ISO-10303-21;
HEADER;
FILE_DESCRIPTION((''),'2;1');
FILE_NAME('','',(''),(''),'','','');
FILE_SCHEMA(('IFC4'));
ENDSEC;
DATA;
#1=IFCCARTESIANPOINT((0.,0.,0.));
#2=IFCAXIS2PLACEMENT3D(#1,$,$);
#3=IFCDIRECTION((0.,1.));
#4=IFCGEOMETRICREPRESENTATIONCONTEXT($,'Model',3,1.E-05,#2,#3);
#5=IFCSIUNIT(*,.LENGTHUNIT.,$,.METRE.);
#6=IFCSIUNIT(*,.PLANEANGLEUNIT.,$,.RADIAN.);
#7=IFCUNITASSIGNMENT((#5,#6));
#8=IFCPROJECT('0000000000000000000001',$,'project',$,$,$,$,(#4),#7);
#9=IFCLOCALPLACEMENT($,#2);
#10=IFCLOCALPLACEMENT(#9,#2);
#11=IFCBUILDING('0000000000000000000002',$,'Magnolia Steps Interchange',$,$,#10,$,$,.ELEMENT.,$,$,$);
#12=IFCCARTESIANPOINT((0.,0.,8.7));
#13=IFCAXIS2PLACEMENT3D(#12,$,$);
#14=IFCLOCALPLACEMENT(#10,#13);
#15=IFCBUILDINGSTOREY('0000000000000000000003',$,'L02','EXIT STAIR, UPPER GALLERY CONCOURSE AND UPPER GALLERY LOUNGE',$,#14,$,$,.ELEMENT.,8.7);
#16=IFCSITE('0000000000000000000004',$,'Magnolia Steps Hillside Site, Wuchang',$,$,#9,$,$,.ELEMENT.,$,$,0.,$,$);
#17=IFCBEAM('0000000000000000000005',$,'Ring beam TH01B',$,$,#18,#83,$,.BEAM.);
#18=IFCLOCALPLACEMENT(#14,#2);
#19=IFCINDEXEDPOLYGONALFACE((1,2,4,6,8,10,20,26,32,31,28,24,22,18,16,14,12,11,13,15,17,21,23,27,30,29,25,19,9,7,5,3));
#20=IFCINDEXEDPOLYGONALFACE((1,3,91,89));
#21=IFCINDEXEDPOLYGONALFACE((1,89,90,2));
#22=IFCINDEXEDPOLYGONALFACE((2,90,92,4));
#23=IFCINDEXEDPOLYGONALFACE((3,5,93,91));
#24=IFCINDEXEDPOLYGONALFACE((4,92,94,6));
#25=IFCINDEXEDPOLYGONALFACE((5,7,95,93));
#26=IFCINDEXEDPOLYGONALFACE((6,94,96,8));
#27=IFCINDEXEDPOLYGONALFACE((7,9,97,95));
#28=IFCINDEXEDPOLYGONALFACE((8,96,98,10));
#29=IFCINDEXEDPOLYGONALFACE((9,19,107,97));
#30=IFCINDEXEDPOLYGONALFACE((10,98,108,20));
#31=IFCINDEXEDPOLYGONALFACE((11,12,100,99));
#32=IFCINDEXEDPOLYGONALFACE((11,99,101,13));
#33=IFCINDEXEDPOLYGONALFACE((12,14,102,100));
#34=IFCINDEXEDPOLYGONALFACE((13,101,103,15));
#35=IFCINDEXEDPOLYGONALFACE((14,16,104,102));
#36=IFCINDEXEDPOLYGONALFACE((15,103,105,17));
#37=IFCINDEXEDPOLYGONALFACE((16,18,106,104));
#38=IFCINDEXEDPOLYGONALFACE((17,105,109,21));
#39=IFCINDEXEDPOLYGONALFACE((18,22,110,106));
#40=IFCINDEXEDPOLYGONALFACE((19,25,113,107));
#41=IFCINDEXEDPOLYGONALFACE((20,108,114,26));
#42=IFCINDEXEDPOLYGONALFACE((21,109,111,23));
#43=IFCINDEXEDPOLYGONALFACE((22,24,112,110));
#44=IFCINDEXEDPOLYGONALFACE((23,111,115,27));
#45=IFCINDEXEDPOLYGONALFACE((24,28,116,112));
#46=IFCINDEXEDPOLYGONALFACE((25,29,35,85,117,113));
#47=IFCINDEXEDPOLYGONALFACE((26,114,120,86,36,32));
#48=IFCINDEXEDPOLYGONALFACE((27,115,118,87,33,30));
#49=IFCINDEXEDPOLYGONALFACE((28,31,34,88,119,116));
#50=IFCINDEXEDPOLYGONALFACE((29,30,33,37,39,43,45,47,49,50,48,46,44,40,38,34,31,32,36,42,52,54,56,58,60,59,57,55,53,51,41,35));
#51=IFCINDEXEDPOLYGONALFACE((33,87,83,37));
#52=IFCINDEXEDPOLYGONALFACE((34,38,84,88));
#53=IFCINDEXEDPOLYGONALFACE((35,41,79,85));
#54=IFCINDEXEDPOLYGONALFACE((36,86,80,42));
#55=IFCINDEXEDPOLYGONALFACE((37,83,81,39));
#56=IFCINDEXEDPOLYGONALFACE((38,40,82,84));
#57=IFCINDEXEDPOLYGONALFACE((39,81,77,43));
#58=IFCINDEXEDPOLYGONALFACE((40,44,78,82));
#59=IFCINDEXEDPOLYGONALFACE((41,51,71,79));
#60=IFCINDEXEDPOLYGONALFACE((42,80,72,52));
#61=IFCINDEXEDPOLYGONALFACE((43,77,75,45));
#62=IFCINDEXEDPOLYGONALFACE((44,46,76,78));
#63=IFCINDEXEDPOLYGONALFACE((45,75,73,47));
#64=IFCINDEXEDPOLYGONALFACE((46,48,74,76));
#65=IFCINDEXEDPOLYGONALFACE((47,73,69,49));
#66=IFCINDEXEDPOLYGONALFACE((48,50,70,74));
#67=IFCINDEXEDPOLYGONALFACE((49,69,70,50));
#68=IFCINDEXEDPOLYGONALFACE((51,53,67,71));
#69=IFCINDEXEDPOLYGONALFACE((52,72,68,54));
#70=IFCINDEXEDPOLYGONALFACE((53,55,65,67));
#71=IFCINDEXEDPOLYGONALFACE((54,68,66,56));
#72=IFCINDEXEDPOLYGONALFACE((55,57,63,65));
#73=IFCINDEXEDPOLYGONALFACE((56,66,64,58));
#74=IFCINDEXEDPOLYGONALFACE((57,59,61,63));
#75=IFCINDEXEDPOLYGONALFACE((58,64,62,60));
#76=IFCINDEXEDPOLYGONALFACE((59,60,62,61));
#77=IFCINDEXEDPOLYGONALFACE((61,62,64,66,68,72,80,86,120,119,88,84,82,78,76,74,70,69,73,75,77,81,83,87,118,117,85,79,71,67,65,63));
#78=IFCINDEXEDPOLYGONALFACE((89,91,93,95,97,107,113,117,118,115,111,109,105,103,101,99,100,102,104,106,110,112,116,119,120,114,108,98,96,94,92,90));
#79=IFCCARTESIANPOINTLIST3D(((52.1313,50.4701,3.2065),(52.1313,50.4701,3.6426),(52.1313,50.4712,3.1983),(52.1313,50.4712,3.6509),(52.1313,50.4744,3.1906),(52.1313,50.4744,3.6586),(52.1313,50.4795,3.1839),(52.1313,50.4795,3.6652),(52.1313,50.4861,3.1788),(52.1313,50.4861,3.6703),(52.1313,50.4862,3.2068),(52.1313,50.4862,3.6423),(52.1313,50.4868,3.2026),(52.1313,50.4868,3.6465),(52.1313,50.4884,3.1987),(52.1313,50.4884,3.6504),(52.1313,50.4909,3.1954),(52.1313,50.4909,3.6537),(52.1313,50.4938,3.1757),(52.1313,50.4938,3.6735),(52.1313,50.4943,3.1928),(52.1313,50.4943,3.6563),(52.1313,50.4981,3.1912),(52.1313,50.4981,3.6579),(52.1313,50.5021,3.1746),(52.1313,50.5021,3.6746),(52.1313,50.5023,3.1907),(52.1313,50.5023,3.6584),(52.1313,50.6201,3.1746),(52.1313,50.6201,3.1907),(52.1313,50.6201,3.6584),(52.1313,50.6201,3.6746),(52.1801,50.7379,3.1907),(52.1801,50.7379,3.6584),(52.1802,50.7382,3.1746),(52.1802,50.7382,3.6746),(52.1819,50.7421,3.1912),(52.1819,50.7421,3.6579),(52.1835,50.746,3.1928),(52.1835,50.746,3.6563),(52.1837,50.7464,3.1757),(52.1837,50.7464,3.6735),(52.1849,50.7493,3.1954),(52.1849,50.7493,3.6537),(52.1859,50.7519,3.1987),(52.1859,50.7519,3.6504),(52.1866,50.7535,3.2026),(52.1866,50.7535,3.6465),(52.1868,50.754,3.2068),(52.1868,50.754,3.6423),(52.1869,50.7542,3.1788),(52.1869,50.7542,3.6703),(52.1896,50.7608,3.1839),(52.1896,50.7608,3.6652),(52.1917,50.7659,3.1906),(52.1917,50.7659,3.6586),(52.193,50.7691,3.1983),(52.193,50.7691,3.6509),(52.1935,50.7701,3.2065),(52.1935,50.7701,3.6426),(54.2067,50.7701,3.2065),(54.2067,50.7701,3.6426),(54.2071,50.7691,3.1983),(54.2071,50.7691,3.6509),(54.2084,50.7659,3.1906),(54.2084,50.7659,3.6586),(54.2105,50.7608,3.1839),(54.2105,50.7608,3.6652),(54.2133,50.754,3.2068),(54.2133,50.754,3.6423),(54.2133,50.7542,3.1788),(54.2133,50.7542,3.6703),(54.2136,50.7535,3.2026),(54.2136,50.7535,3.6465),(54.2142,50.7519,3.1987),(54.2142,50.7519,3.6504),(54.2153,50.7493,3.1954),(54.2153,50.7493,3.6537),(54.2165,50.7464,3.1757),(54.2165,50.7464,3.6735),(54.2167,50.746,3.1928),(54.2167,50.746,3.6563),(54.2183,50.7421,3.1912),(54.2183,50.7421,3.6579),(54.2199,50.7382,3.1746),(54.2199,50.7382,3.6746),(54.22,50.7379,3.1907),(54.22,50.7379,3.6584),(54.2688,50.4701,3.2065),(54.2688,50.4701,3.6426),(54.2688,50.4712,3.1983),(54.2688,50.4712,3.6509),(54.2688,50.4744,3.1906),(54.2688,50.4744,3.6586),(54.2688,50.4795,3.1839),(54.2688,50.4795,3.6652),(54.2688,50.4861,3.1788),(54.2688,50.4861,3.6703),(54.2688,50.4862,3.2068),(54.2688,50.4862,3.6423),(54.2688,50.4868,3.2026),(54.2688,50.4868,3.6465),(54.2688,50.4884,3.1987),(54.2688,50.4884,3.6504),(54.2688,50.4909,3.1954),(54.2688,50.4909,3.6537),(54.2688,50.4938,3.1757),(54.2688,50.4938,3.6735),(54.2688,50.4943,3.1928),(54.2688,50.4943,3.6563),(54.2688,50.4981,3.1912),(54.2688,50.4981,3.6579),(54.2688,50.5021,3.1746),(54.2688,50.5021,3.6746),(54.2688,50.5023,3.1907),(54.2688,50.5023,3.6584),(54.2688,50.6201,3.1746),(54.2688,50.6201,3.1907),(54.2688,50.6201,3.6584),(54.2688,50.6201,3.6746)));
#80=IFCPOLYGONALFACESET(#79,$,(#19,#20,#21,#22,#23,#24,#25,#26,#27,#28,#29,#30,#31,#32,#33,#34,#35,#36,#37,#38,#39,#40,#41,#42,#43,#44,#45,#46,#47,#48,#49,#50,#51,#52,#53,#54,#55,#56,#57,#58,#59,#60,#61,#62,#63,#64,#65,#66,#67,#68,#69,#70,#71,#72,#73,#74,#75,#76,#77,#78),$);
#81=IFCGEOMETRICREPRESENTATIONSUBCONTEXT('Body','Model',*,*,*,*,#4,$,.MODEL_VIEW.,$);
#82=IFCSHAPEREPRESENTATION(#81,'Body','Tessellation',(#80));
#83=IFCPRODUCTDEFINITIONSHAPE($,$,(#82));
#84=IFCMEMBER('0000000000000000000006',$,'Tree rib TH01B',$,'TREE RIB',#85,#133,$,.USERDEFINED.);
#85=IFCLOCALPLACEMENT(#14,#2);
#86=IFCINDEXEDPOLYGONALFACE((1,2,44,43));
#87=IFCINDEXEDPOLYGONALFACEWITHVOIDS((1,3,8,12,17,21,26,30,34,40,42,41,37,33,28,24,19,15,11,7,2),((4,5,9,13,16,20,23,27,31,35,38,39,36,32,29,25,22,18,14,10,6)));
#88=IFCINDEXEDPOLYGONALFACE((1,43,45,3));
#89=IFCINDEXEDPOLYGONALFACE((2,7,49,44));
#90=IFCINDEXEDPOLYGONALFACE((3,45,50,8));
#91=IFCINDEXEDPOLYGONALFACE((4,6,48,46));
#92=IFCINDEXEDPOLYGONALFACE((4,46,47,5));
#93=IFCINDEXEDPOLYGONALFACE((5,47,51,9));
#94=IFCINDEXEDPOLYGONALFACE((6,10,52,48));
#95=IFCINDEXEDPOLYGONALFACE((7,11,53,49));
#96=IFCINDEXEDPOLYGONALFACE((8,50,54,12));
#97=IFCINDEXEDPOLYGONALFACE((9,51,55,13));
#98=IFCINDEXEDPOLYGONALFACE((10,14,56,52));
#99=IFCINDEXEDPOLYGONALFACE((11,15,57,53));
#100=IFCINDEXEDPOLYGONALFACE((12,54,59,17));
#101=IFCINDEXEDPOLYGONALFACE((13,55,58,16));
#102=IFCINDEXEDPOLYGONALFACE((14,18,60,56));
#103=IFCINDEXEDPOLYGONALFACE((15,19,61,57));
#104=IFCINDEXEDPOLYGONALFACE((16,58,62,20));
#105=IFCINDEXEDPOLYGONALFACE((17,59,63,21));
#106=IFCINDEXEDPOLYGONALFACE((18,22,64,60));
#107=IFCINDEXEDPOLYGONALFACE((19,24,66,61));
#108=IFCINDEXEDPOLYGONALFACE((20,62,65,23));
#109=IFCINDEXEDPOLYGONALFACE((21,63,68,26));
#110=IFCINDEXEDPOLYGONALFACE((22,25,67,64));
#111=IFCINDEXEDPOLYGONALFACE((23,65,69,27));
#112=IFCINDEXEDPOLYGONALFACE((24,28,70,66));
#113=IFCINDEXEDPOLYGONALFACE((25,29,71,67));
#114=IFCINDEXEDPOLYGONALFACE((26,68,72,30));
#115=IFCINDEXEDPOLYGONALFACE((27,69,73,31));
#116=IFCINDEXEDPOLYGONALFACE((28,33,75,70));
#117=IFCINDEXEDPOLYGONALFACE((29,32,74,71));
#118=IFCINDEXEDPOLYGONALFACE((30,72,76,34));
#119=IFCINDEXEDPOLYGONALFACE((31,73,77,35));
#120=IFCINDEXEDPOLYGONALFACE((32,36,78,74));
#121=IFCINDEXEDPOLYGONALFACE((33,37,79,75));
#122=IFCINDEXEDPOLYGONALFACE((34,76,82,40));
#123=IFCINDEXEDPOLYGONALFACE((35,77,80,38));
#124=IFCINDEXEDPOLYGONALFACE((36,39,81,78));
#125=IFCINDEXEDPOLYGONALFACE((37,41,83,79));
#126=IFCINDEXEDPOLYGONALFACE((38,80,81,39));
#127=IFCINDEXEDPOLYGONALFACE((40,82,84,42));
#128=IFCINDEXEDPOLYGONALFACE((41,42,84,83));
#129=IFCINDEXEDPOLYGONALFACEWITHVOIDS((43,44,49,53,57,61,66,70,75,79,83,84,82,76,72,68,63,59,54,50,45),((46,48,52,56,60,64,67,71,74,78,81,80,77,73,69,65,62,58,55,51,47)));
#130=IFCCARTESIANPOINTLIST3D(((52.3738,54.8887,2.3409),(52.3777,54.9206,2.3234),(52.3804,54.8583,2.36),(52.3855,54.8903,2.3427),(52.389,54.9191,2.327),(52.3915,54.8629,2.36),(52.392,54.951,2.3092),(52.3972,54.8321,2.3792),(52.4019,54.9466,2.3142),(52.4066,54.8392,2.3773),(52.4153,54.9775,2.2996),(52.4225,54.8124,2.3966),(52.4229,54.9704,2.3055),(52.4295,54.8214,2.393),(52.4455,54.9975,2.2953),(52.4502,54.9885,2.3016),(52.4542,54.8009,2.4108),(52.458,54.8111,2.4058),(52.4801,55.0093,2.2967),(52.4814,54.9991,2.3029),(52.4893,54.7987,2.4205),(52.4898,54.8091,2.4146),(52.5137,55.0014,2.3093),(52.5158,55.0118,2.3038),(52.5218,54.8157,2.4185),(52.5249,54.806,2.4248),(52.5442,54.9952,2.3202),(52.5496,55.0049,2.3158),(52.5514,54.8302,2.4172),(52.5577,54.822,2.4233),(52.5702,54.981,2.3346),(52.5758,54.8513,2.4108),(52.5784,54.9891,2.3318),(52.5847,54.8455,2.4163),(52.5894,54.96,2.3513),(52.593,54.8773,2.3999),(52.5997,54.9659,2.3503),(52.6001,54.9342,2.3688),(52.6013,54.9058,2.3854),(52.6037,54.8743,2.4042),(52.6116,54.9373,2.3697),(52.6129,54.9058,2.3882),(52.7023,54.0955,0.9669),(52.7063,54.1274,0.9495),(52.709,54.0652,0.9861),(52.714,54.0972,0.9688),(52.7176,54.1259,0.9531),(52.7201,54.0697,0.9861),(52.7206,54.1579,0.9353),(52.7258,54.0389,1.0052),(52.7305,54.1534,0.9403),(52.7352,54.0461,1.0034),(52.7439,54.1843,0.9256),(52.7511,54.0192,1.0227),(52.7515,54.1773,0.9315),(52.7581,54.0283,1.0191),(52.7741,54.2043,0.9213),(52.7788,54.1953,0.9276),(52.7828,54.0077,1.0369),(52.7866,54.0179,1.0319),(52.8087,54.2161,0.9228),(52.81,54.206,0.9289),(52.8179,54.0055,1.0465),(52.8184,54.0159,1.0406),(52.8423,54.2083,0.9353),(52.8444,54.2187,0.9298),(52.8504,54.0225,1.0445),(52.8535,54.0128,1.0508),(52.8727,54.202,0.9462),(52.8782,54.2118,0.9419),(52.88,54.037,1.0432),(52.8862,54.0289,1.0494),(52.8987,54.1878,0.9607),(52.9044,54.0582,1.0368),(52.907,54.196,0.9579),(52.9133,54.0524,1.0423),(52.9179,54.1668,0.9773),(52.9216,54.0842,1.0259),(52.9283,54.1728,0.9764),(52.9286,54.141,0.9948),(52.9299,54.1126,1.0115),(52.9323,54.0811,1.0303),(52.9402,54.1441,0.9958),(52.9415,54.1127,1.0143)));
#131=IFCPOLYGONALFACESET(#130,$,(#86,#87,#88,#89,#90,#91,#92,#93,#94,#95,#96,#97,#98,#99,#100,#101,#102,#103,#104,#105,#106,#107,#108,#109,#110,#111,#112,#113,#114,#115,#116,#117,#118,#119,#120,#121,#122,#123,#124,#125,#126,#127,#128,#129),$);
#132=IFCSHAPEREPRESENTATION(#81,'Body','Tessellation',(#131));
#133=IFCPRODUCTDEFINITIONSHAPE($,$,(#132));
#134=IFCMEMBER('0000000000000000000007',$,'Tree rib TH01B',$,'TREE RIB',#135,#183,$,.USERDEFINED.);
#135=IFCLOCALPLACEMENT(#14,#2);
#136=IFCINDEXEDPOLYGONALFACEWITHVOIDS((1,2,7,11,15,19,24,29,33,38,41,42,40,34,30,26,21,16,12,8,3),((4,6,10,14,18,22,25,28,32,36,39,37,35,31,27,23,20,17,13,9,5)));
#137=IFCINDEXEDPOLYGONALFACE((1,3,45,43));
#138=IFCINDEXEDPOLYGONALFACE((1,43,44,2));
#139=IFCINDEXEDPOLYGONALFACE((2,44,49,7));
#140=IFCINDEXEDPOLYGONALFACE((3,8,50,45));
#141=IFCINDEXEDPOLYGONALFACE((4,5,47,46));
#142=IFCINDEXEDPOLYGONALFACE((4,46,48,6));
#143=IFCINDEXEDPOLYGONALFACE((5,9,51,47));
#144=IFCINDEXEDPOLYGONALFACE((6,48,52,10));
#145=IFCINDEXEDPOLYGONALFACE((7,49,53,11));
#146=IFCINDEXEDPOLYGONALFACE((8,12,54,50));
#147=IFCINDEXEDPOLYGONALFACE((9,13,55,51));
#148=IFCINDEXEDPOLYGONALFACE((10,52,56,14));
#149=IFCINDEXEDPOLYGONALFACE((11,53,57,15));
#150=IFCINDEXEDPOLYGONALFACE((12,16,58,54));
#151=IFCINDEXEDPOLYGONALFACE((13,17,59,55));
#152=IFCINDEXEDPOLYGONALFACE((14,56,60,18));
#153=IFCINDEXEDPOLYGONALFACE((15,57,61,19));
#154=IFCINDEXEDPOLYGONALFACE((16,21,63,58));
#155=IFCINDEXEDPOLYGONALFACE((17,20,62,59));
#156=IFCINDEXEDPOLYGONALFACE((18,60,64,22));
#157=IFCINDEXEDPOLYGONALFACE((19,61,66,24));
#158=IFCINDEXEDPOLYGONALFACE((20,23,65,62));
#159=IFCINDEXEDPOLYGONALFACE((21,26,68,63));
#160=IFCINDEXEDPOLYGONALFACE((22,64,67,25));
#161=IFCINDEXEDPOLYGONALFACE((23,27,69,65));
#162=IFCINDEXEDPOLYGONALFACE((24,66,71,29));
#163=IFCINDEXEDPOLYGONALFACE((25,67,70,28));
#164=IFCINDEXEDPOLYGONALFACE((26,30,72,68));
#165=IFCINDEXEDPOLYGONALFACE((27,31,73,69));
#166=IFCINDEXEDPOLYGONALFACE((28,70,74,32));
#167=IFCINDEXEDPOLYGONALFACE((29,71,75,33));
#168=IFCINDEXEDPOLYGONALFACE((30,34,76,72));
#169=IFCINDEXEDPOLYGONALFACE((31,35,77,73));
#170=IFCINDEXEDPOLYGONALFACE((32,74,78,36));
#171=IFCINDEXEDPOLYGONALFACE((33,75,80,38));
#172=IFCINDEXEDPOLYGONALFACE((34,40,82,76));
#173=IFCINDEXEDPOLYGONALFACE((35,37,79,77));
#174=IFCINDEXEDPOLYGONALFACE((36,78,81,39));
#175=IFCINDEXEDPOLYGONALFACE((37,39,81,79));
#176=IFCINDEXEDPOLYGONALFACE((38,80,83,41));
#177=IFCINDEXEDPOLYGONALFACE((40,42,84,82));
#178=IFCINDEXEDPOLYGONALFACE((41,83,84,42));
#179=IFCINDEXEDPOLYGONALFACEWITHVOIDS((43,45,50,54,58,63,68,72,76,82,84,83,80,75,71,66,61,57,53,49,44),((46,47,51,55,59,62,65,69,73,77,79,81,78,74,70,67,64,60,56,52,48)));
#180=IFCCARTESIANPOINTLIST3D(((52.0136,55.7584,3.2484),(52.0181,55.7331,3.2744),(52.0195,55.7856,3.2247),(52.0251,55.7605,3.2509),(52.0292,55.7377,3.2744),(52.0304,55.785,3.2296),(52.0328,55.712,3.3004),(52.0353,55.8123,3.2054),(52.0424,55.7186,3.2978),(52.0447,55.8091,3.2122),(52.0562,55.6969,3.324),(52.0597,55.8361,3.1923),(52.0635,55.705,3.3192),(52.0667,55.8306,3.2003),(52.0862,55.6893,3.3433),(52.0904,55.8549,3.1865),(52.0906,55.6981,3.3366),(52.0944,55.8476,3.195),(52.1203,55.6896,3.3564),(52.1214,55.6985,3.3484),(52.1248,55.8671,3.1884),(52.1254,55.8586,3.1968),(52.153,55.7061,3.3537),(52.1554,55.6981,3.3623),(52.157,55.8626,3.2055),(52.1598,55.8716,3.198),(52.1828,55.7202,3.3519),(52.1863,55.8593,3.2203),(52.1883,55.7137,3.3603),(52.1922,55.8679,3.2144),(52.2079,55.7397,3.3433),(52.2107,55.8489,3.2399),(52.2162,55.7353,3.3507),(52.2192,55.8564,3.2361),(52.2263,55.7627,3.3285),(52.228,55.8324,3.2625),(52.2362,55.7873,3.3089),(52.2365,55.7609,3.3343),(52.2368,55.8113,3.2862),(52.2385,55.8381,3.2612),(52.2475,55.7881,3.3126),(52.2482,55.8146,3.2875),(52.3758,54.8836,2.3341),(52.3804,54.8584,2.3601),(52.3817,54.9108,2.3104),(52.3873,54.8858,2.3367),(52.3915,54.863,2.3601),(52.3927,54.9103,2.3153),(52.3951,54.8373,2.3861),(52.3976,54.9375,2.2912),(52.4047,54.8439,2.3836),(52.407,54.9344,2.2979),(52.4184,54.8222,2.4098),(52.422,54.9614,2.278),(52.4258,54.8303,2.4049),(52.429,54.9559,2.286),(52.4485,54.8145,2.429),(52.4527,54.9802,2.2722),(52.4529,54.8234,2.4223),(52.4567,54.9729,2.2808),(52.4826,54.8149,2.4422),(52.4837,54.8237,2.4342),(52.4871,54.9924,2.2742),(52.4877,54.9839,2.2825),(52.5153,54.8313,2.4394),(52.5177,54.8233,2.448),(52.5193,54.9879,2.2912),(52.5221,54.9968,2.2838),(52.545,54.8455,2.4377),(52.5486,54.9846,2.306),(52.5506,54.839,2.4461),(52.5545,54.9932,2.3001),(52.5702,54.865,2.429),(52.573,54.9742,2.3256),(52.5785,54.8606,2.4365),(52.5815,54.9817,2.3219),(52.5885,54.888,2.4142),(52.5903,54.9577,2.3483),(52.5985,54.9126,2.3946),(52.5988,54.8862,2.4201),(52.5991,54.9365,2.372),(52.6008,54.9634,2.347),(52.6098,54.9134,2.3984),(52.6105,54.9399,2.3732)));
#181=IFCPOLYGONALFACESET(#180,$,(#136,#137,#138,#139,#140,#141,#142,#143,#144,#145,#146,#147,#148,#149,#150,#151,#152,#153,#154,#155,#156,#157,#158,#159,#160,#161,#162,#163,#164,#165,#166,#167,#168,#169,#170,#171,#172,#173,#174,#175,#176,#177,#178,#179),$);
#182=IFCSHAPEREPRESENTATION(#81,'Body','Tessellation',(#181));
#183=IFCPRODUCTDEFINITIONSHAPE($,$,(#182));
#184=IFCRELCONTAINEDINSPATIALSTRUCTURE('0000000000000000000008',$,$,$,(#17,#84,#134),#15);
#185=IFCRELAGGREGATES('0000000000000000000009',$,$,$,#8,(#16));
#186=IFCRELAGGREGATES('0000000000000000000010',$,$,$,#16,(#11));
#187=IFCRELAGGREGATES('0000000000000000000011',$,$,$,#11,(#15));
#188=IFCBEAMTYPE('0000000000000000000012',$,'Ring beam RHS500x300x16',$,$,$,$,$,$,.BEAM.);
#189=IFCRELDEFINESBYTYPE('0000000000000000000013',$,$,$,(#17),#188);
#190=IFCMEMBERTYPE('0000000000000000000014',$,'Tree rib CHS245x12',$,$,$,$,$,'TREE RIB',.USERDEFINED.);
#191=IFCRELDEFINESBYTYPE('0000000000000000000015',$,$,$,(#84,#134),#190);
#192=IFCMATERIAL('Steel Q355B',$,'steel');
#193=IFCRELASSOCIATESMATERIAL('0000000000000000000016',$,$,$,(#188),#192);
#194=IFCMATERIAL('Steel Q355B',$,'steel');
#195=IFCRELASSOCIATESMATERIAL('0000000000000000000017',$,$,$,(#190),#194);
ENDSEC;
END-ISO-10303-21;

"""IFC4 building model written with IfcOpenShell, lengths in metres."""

from ifc_helpers import new_model, si_unit, direction, frame, origin, origin_2d, place, context, subcontext, project, spatial, hollow_rectangle, hollow_circle, extrude, clip, halfspace, material, material_profile, profile_set, type_object, element, save


model = new_model("IFC4")

# Units and contexts
model_context = context("Model", 3, precision=1e-05, world=origin(), true_north=direction((0.0, 1.0)))
body_context = subcontext(model_context, "Body", "Model", "MODEL_VIEW")
ifc_project = project(units=[si_unit("LENGTHUNIT", "METRE"), si_unit("PLANEANGLEUNIT", "RADIAN")], contexts=[model_context])

# Site, building, storey
site_placement = place(None, origin())
site = spatial("IfcSite", under=ifc_project, at=site_placement, Name="Magnolia Steps Hillside Site, Wuchang", CompositionType="ELEMENT", RefElevation=0.0)
building_placement = place(site_placement, origin())
building = spatial("IfcBuilding", under=site, at=building_placement, Name="Magnolia Steps Interchange", CompositionType="ELEMENT")
storey_placement = place(building_placement, frame((0.0, 0.0, 8.7)))
storey = spatial("IfcBuildingStorey", under=building, at=storey_placement, Name="L02", Description="EXIT STAIR, UPPER GALLERY CONCOURSE AND UPPER GALLERY LOUNGE", CompositionType="ELEMENT", Elevation=8.7)

# Beam
ifc_material_1 = material(Name="Steel Q355B", Category="steel")
ifc_material_profile_1 = material_profile(ifc_material_1, hollow_rectangle(XDim=0.3, YDim=0.5, WallThickness=0.0161, InnerFilletRadius=0.0161, OuterFilletRadius=0.032, at=origin_2d()), Name="RHS500x300x16")
ifc_profile_set_1 = profile_set([ifc_material_profile_1], Name="Steel Q355B")
beam_type = type_object("IfcBeamType", Name="Ring beam RHS500x300x16", PredefinedType="BEAM", material=ifc_profile_set_1)
beam_1_placement = place(storey_placement, frame((52.1313, 50.6201, 3.4246), z_axis=(1.0, 0.0, 0.0), x_axis=(0.0, 1.0, 0.0)))
element("IfcBeam", 1, at=beam_1_placement, inside=storey, type_object=beam_type, Name="Ring beam TH01B", PredefinedType="BEAM", context=body_context, shape_type="Clipping", body=[
    clip(clip(extrude(hollow_rectangle(XDim=0.3, YDim=0.5, WallThickness=0.0161, InnerFilletRadius=0.0161, OuterFilletRadius=0.032, at=origin_2d()), origin(), (0.0, 0.0, 1.0), 2.1375), halfspace(frame((0.0, 0.0, 0.0), z_axis=(0.382683, 0.0, -0.92388), x_axis=(0.92388, 0.0, 0.382683)), False)), halfspace(frame((0.0, 0.0, 2.1375), z_axis=(0.382683, 0.0, 0.92388), x_axis=(0.92388, 0.0, -0.382683)), False)),
])

# Members
ifc_material_2 = material(Name="Steel Q355B", Category="steel")
ifc_material_profile_2 = material_profile(ifc_material_2, hollow_circle(Radius=0.1226, WallThickness=0.012, at=origin_2d()), Name="CHS245x12")
ifc_profile_set_2 = profile_set([ifc_material_profile_2], Name="Steel Q355B")
member_type = type_object("IfcMemberType", Name="Tree rib CHS245x12", ElementType="TREE RIB", PredefinedType="USERDEFINED", material=ifc_profile_set_2)
member_1_placement = place(storey_placement, frame((52.8223, 54.1121, 0.9861), z_axis=(-0.20282, 0.489571, 0.848047), x_axis=(-0.923857, -0.382737, 0.0)))
element("IfcMember", 2, at=member_1_placement, inside=storey, type_object=member_type, Name="Tree rib TH01B", ObjectType="TREE RIB", PredefinedType="USERDEFINED", context=body_context, shape_type="SweptSolid", body=[
    extrude(hollow_circle(Radius=0.1226, WallThickness=0.012, at=origin_2d()), origin(), (0.0, 0.0, 1.0), 1.6201),
])
member_2_placement = place(storey_placement, frame((52.4937, 54.9053, 2.3601), z_axis=(-0.275263, 0.6646, 0.694649), x_axis=(-0.923891, -0.382655, 0.0)))
element("IfcMember", 3, at=member_2_placement, inside=storey, type_object=member_type, Name="Tree rib TH01B", ObjectType="TREE RIB", PredefinedType="USERDEFINED", context=body_context, shape_type="SweptSolid", body=[
    extrude(hollow_circle(Radius=0.1226, WallThickness=0.012, at=origin_2d()), origin(), (0.0, 0.0, 1.0), 1.3162),
])

save(model, "model.ifc")
